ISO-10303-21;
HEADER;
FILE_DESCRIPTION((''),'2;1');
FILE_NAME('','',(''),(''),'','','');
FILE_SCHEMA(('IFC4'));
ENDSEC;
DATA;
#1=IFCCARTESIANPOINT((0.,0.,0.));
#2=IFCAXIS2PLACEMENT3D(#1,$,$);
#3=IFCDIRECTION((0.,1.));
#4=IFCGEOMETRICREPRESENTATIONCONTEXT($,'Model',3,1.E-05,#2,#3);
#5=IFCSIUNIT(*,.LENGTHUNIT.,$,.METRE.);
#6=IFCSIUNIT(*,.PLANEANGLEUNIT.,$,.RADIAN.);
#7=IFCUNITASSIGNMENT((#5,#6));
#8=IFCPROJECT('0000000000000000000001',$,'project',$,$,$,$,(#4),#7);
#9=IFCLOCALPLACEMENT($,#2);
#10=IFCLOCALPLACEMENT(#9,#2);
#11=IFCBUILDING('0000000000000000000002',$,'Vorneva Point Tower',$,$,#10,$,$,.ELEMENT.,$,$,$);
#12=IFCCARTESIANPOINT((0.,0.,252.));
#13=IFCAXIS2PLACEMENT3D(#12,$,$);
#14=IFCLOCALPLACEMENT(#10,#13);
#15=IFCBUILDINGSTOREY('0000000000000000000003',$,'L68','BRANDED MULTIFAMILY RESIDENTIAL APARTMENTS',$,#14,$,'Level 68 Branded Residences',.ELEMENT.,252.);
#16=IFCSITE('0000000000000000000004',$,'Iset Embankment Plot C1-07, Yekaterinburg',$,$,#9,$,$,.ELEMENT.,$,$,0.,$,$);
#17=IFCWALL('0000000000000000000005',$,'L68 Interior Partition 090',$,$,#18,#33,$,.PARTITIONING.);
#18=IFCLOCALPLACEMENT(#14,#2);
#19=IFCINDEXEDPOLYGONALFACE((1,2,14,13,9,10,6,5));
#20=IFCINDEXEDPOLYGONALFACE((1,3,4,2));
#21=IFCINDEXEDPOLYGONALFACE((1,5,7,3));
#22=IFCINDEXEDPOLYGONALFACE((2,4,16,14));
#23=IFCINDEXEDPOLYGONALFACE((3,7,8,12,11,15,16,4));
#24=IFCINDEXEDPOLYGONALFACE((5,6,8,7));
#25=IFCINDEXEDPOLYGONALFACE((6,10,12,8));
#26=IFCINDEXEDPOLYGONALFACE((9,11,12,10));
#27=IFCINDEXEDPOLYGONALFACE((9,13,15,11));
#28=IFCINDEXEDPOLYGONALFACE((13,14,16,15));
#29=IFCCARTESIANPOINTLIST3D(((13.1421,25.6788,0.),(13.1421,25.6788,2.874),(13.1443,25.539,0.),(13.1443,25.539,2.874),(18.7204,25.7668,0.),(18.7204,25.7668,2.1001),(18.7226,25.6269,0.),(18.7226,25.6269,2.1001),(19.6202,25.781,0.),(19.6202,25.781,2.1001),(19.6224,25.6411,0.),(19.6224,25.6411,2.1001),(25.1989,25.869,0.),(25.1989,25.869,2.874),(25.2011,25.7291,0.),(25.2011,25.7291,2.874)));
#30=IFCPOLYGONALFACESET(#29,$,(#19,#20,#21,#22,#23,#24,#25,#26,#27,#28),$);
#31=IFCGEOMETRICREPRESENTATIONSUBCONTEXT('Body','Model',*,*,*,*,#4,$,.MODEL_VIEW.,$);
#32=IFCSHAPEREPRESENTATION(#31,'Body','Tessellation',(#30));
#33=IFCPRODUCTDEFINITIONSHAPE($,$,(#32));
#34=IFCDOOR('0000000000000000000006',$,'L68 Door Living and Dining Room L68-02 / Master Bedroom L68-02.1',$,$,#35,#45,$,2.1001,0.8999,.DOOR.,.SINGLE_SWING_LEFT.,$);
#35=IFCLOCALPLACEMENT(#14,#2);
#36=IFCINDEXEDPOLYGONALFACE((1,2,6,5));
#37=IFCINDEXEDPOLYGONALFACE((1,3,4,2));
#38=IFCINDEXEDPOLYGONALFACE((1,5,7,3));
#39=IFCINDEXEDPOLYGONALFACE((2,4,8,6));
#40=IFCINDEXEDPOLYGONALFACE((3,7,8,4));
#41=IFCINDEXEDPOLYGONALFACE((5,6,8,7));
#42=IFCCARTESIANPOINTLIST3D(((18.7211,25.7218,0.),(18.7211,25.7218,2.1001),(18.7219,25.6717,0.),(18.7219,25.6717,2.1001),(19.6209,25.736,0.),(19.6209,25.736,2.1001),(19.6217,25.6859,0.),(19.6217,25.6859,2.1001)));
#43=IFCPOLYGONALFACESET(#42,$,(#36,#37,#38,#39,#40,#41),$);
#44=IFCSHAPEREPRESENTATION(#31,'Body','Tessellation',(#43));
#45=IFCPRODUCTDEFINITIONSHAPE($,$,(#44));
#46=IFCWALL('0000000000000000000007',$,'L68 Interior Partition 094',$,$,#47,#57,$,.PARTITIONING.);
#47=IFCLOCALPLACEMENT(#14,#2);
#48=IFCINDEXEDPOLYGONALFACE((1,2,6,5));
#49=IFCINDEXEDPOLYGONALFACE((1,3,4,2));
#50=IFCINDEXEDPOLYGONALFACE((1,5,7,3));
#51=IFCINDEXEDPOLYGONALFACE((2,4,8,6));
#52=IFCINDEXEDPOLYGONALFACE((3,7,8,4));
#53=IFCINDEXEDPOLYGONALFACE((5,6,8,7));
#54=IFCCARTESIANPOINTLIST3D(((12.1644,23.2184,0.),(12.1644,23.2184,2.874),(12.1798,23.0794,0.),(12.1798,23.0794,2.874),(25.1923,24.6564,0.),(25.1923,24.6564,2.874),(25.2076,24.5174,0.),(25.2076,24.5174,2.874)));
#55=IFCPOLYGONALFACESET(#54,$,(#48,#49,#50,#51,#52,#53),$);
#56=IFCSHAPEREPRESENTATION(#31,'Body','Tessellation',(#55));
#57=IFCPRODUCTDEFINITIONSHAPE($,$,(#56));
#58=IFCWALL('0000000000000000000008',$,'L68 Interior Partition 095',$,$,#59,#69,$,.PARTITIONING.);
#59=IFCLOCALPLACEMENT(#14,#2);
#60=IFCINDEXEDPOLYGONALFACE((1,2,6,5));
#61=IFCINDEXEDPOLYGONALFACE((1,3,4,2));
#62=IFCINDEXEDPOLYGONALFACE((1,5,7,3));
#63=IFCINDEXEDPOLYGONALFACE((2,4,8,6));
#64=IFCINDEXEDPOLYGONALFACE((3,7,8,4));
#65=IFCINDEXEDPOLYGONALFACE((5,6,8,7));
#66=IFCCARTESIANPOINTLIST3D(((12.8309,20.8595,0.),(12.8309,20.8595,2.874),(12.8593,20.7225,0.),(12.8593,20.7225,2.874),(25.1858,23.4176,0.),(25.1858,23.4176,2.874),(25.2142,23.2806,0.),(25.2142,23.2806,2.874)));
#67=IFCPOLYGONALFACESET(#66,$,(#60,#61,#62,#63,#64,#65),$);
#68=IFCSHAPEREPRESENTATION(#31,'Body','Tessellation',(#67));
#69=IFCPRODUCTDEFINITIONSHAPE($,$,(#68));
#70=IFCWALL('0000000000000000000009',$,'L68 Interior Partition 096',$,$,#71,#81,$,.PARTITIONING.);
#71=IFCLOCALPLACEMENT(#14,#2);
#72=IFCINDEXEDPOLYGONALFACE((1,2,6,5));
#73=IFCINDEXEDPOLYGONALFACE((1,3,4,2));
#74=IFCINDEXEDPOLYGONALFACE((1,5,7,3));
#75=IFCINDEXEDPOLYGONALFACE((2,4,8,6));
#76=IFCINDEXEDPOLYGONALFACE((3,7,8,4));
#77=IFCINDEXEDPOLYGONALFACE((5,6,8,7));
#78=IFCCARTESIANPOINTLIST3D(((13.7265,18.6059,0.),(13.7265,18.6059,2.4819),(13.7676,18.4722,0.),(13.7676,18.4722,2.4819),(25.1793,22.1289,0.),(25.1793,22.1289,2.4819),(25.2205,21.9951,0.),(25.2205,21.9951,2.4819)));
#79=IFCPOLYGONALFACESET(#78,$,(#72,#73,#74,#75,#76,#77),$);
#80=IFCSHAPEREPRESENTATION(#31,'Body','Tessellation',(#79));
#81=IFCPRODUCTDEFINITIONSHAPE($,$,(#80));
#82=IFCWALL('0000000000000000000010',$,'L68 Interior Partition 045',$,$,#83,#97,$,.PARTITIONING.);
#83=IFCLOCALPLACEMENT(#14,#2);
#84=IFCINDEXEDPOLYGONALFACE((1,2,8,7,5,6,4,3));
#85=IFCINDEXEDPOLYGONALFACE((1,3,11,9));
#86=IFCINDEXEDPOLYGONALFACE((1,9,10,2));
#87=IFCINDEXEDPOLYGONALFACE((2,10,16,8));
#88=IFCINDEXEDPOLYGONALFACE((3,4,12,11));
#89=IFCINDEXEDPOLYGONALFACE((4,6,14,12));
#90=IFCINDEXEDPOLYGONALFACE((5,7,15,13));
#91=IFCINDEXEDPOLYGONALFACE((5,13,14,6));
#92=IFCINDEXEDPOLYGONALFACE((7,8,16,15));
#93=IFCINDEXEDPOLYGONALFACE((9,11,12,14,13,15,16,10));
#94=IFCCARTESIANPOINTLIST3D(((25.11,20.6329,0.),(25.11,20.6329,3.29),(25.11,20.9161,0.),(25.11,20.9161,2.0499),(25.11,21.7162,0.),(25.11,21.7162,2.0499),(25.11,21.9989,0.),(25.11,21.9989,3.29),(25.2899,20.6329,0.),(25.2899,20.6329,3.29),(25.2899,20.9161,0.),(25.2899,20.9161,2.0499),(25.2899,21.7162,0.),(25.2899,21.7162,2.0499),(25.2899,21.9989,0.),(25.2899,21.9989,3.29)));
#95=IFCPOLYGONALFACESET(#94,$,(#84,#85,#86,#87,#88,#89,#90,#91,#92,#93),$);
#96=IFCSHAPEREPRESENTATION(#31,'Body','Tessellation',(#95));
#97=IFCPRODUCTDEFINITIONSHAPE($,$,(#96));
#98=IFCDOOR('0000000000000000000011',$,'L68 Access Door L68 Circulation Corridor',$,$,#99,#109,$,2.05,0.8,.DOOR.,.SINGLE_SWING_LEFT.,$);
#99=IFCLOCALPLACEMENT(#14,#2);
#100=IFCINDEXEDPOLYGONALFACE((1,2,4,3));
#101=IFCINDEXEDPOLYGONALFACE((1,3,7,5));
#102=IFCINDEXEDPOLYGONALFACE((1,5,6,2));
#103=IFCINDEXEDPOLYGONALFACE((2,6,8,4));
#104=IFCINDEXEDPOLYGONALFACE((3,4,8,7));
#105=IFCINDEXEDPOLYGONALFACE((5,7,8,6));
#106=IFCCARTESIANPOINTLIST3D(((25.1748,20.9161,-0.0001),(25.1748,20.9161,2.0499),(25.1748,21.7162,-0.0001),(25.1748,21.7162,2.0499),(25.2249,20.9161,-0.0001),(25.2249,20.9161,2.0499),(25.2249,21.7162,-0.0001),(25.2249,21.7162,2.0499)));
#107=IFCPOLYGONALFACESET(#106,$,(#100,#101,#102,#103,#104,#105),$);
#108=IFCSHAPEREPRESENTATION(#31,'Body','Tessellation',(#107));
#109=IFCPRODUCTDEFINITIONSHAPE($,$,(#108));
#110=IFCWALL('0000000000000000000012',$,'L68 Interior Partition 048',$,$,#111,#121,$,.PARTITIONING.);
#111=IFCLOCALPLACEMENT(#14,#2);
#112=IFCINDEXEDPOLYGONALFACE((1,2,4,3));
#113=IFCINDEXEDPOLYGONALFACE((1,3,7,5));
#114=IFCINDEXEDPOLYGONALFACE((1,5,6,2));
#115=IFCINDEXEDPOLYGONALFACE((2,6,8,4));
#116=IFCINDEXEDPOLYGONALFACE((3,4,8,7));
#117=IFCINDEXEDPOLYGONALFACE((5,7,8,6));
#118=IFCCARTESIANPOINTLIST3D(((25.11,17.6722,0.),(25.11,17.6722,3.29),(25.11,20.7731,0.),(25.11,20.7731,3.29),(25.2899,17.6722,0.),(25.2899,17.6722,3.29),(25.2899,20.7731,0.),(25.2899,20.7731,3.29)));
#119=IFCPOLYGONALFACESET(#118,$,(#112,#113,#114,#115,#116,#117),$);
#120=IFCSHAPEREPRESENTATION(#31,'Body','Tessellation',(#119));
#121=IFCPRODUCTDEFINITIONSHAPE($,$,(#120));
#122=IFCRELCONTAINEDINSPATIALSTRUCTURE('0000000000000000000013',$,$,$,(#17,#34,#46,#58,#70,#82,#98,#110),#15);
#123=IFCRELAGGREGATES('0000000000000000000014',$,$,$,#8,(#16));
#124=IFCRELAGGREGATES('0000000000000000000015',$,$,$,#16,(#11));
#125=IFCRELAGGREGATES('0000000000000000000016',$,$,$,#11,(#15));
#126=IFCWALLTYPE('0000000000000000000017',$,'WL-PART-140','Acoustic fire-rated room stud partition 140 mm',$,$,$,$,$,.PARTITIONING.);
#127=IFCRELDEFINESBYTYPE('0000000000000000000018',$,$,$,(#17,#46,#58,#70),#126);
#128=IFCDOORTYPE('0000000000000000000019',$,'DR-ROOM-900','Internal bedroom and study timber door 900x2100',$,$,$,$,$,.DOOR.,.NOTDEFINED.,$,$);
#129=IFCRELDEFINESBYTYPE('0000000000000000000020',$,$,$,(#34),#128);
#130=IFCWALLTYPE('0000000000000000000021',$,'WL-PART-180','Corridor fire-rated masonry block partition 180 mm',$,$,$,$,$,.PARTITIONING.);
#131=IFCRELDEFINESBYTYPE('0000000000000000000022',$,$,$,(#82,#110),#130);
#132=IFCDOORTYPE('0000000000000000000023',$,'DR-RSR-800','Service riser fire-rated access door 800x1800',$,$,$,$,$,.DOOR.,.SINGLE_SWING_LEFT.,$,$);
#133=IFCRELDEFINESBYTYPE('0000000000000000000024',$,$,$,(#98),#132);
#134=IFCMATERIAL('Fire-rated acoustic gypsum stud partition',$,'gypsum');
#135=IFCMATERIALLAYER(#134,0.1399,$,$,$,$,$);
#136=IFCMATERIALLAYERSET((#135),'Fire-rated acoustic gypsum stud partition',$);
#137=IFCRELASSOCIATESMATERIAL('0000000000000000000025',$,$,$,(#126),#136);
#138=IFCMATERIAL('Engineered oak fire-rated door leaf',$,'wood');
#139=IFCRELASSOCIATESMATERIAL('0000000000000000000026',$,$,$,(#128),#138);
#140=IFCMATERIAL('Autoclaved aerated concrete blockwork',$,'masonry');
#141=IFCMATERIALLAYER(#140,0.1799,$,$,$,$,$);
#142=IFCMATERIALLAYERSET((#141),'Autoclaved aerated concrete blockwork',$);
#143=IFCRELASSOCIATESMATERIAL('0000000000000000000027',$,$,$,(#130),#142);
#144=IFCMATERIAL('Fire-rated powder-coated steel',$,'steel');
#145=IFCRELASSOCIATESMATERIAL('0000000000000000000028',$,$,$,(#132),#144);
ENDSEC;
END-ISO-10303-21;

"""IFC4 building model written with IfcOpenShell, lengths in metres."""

from ifc_helpers import new_model, si_unit, direction, frame, frame_2d, origin, place, context, subcontext, project, spatial, rectangle, extrude, material, layer, layer_set, type_object, element, fill, save


model = new_model("IFC4")

# Units and contexts
model_context = context("Model", 3, precision=1e-05, world=origin(), true_north=direction((0.0, 1.0)))
body_context = subcontext(model_context, "Body", "Model", "MODEL_VIEW")
ifc_project = project(units=[si_unit("LENGTHUNIT", "METRE"), si_unit("PLANEANGLEUNIT", "RADIAN")], contexts=[model_context])

# Site, building, storey
site_placement = place(None, origin())
site = spatial("IfcSite", under=ifc_project, at=site_placement, Name="Iset Embankment Plot C1-07, Yekaterinburg", CompositionType="ELEMENT", RefElevation=0.0)
building_placement = place(site_placement, origin())
building = spatial("IfcBuilding", under=site, at=building_placement, Name="Vorneva Point Tower", CompositionType="ELEMENT")
storey_placement = place(building_placement, frame((0.0, 0.0, 252.0)))
storey = spatial("IfcBuildingStorey", under=building, at=storey_placement, Name="L68", Description="BRANDED MULTIFAMILY RESIDENTIAL APARTMENTS", LongName="Level 68 Branded Residences", CompositionType="ELEMENT", Elevation=252.0)

# Shared definitions
ifc_material_1 = material(Name="Fire-rated acoustic gypsum stud partition", Category="gypsum")

# Wall, opening, door
ifc_material_2 = material(Name="Engineered oak fire-rated door leaf", Category="wood")
ifc_layer_1 = layer(ifc_material_1, 0.1399)
ifc_layer_set_1 = layer_set([ifc_layer_1], Name="Fire-rated acoustic gypsum stud partition")
wall_type_1 = type_object("IfcWallType", Name="WL-PART-140", Description="Acoustic fire-rated room stud partition 140 mm", PredefinedType="PARTITIONING", material=ifc_layer_set_1)
wall_1_placement = place(storey_placement, frame((13.1431, 25.6089, 0.0), z_axis=(0.0, 0.0, 1.0), x_axis=(0.999876, 0.015772, 0.0)))
wall_1 = element("IfcWall", 1, at=wall_1_placement, inside=storey, type_object=wall_type_1, Name="L68 Interior Partition 090", PredefinedType="PARTITIONING", context=body_context, shape_type="SweptSolid", body=[
    extrude(rectangle(XDim=12.0583, YDim=0.1399, at=frame_2d((6.0293, 0.0))), origin(), (0.0, 0.0, 1.0), 2.874),
])
opening_1_placement = place(wall_1_placement, frame((5.5791, 0.0, 0.0)))
opening_1 = element("IfcOpeningElement", 2, at=opening_1_placement, cuts=wall_1, PredefinedType="OPENING", context=body_context, shape_type="SweptSolid", body=[
    extrude(rectangle(XDim=0.8999, YDim=2.1001, at=frame_2d((0.45, 1.05))), frame((0.0, 0.085, 0.0), z_axis=(0.0, -1.0, 0.0), x_axis=(1.0, 0.0, 0.0)), (0.0, 0.0, 1.0), 0.1697),
])
door_type_1 = type_object("IfcDoorType", Name="DR-ROOM-900", Description="Internal bedroom and study timber door 900x2100", OperationType="NOTDEFINED", PredefinedType="DOOR", material=ifc_material_2)
door_1_placement = place(opening_1_placement, origin())
door_1 = element("IfcDoor", 3, at=door_1_placement, inside=storey, type_object=door_type_1, Name="L68 Door Living and Dining Room L68-02 / Master Bedroom L68-02.1", OperationType="SINGLE_SWING_LEFT", OverallHeight=2.1001, OverallWidth=0.8999, PredefinedType="DOOR", context=body_context, shape_type="SweptSolid", body=[
    extrude(rectangle(XDim=0.8999, YDim=2.1001, at=frame_2d((0.45, 1.05))), frame((0.0, 0.0249, 0.0), z_axis=(0.0, -1.0, 0.0), x_axis=(1.0, 0.0, 0.0)), (0.0, 0.0, 1.0), 0.05),
])
fill(opening_1, door_1)

# Walls
wall_2_placement = place(storey_placement, frame((12.1721, 23.1489, 0.0), z_axis=(0.0, 0.0, 1.0), x_axis=(0.993963, 0.109712, 0.0)))
element("IfcWall", 4, at=wall_2_placement, inside=storey, type_object=wall_type_1, Name="L68 Interior Partition 094", PredefinedType="PARTITIONING", context=body_context, shape_type="SweptSolid", body=[
    extrude(rectangle(XDim=13.1069, YDim=0.1399, at=frame_2d((6.5535, 0.0))), origin(), (0.0, 0.0, 1.0), 2.874),
])
wall_3_placement = place(storey_placement, frame((12.845, 20.791, 0.0), z_axis=(0.0, 0.0, 1.0), x_axis=(0.97923, 0.20275, 0.0)))
element("IfcWall", 5, at=wall_3_placement, inside=storey, type_object=wall_type_1, Name="L68 Interior Partition 095", PredefinedType="PARTITIONING", context=body_context, shape_type="SweptSolid", body=[
    extrude(rectangle(XDim=12.6169, YDim=0.1399, at=frame_2d((6.3086, 0.0))), origin(), (0.0, 0.0, 1.0), 2.874),
])
wall_4_placement = place(storey_placement, frame((13.7471, 18.5391, 0.0), z_axis=(0.0, 0.0, 1.0), x_axis=(0.955803, 0.294009, 0.0)))
element("IfcWall", 6, at=wall_4_placement, inside=storey, type_object=wall_type_1, Name="L68 Interior Partition 096", PredefinedType="PARTITIONING", context=body_context, shape_type="SweptSolid", body=[
    extrude(rectangle(XDim=11.9824, YDim=0.1399, at=frame_2d((5.9912, 0.0))), origin(), (0.0, 0.0, 1.0), 2.4819),
])

# Wall, opening, door
ifc_material_3 = material(Name="Autoclaved aerated concrete blockwork", Category="masonry")
ifc_layer_2 = layer(ifc_material_3, 0.1799)
ifc_layer_set_2 = layer_set([ifc_layer_2], Name="Autoclaved aerated concrete blockwork")
wall_type_2 = type_object("IfcWallType", Name="WL-PART-180", Description="Corridor fire-rated masonry block partition 180 mm", PredefinedType="PARTITIONING", material=ifc_layer_set_2)
wall_5_placement = place(storey_placement, frame((25.2, 21.999, 0.0), z_axis=(0.0, 0.0, 1.0), x_axis=(0.0, -1.0, 0.0)))
wall_5 = element("IfcWall", 7, at=wall_5_placement, inside=storey, type_object=wall_type_2, Name="L68 Interior Partition 045", PredefinedType="PARTITIONING", context=body_context, shape_type="SweptSolid", body=[
    extrude(rectangle(XDim=1.366, YDim=0.1799, at=frame_2d((0.6831, 0.0))), origin(), (0.0, 0.0, 1.0), 3.29),
])
opening_2_placement = place(wall_5_placement, frame((0.283, 0.0, 0.0)))
opening_2 = element("IfcOpeningElement", 8, at=opening_2_placement, cuts=wall_5, PredefinedType="OPENING", context=body_context, shape_type="SweptSolid", body=[
    extrude(rectangle(XDim=0.8, YDim=2.05, at=frame_2d((0.3999, 1.0249))), frame((0.0, 0.105, 0.0), z_axis=(0.0, -1.0, 0.0), x_axis=(1.0, 0.0, 0.0)), (0.0, 0.0, 1.0), 0.2097),
])
ifc_material_4 = material(Name="Fire-rated powder-coated steel", Category="steel")
door_type_2 = type_object("IfcDoorType", Name="DR-RSR-800", Description="Service riser fire-rated access door 800x1800", OperationType="SINGLE_SWING_LEFT", PredefinedType="DOOR", material=ifc_material_4)
door_2_placement = place(opening_2_placement, origin())
door_2 = element("IfcDoor", 9, at=door_2_placement, inside=storey, type_object=door_type_2, Name="L68 Access Door L68 Circulation Corridor", OperationType="SINGLE_SWING_LEFT", OverallHeight=2.05, OverallWidth=0.8, PredefinedType="DOOR", context=body_context, shape_type="SweptSolid", body=[
    extrude(rectangle(XDim=0.8, YDim=2.05, at=frame_2d((0.3999, 1.0249))), frame((0.0, 0.0249, 0.0), z_axis=(0.0, -1.0, 0.0), x_axis=(1.0, 0.0, 0.0)), (0.0, 0.0, 1.0), 0.05),
])
fill(opening_2, door_2)

# Wall
wall_6_placement = place(storey_placement, frame((25.2, 20.7729, 0.0), z_axis=(0.0, 0.0, 1.0), x_axis=(0.0, -1.0, 0.0)))
element("IfcWall", 10, at=wall_6_placement, inside=storey, type_object=wall_type_2, Name="L68 Interior Partition 048", PredefinedType="PARTITIONING", context=body_context, shape_type="SweptSolid", body=[
    extrude(rectangle(XDim=3.1008, YDim=0.1799, at=frame_2d((1.5503, 0.0))), origin(), (0.0, 0.0, 1.0), 3.29),
])

save(model, "model.ifc")
